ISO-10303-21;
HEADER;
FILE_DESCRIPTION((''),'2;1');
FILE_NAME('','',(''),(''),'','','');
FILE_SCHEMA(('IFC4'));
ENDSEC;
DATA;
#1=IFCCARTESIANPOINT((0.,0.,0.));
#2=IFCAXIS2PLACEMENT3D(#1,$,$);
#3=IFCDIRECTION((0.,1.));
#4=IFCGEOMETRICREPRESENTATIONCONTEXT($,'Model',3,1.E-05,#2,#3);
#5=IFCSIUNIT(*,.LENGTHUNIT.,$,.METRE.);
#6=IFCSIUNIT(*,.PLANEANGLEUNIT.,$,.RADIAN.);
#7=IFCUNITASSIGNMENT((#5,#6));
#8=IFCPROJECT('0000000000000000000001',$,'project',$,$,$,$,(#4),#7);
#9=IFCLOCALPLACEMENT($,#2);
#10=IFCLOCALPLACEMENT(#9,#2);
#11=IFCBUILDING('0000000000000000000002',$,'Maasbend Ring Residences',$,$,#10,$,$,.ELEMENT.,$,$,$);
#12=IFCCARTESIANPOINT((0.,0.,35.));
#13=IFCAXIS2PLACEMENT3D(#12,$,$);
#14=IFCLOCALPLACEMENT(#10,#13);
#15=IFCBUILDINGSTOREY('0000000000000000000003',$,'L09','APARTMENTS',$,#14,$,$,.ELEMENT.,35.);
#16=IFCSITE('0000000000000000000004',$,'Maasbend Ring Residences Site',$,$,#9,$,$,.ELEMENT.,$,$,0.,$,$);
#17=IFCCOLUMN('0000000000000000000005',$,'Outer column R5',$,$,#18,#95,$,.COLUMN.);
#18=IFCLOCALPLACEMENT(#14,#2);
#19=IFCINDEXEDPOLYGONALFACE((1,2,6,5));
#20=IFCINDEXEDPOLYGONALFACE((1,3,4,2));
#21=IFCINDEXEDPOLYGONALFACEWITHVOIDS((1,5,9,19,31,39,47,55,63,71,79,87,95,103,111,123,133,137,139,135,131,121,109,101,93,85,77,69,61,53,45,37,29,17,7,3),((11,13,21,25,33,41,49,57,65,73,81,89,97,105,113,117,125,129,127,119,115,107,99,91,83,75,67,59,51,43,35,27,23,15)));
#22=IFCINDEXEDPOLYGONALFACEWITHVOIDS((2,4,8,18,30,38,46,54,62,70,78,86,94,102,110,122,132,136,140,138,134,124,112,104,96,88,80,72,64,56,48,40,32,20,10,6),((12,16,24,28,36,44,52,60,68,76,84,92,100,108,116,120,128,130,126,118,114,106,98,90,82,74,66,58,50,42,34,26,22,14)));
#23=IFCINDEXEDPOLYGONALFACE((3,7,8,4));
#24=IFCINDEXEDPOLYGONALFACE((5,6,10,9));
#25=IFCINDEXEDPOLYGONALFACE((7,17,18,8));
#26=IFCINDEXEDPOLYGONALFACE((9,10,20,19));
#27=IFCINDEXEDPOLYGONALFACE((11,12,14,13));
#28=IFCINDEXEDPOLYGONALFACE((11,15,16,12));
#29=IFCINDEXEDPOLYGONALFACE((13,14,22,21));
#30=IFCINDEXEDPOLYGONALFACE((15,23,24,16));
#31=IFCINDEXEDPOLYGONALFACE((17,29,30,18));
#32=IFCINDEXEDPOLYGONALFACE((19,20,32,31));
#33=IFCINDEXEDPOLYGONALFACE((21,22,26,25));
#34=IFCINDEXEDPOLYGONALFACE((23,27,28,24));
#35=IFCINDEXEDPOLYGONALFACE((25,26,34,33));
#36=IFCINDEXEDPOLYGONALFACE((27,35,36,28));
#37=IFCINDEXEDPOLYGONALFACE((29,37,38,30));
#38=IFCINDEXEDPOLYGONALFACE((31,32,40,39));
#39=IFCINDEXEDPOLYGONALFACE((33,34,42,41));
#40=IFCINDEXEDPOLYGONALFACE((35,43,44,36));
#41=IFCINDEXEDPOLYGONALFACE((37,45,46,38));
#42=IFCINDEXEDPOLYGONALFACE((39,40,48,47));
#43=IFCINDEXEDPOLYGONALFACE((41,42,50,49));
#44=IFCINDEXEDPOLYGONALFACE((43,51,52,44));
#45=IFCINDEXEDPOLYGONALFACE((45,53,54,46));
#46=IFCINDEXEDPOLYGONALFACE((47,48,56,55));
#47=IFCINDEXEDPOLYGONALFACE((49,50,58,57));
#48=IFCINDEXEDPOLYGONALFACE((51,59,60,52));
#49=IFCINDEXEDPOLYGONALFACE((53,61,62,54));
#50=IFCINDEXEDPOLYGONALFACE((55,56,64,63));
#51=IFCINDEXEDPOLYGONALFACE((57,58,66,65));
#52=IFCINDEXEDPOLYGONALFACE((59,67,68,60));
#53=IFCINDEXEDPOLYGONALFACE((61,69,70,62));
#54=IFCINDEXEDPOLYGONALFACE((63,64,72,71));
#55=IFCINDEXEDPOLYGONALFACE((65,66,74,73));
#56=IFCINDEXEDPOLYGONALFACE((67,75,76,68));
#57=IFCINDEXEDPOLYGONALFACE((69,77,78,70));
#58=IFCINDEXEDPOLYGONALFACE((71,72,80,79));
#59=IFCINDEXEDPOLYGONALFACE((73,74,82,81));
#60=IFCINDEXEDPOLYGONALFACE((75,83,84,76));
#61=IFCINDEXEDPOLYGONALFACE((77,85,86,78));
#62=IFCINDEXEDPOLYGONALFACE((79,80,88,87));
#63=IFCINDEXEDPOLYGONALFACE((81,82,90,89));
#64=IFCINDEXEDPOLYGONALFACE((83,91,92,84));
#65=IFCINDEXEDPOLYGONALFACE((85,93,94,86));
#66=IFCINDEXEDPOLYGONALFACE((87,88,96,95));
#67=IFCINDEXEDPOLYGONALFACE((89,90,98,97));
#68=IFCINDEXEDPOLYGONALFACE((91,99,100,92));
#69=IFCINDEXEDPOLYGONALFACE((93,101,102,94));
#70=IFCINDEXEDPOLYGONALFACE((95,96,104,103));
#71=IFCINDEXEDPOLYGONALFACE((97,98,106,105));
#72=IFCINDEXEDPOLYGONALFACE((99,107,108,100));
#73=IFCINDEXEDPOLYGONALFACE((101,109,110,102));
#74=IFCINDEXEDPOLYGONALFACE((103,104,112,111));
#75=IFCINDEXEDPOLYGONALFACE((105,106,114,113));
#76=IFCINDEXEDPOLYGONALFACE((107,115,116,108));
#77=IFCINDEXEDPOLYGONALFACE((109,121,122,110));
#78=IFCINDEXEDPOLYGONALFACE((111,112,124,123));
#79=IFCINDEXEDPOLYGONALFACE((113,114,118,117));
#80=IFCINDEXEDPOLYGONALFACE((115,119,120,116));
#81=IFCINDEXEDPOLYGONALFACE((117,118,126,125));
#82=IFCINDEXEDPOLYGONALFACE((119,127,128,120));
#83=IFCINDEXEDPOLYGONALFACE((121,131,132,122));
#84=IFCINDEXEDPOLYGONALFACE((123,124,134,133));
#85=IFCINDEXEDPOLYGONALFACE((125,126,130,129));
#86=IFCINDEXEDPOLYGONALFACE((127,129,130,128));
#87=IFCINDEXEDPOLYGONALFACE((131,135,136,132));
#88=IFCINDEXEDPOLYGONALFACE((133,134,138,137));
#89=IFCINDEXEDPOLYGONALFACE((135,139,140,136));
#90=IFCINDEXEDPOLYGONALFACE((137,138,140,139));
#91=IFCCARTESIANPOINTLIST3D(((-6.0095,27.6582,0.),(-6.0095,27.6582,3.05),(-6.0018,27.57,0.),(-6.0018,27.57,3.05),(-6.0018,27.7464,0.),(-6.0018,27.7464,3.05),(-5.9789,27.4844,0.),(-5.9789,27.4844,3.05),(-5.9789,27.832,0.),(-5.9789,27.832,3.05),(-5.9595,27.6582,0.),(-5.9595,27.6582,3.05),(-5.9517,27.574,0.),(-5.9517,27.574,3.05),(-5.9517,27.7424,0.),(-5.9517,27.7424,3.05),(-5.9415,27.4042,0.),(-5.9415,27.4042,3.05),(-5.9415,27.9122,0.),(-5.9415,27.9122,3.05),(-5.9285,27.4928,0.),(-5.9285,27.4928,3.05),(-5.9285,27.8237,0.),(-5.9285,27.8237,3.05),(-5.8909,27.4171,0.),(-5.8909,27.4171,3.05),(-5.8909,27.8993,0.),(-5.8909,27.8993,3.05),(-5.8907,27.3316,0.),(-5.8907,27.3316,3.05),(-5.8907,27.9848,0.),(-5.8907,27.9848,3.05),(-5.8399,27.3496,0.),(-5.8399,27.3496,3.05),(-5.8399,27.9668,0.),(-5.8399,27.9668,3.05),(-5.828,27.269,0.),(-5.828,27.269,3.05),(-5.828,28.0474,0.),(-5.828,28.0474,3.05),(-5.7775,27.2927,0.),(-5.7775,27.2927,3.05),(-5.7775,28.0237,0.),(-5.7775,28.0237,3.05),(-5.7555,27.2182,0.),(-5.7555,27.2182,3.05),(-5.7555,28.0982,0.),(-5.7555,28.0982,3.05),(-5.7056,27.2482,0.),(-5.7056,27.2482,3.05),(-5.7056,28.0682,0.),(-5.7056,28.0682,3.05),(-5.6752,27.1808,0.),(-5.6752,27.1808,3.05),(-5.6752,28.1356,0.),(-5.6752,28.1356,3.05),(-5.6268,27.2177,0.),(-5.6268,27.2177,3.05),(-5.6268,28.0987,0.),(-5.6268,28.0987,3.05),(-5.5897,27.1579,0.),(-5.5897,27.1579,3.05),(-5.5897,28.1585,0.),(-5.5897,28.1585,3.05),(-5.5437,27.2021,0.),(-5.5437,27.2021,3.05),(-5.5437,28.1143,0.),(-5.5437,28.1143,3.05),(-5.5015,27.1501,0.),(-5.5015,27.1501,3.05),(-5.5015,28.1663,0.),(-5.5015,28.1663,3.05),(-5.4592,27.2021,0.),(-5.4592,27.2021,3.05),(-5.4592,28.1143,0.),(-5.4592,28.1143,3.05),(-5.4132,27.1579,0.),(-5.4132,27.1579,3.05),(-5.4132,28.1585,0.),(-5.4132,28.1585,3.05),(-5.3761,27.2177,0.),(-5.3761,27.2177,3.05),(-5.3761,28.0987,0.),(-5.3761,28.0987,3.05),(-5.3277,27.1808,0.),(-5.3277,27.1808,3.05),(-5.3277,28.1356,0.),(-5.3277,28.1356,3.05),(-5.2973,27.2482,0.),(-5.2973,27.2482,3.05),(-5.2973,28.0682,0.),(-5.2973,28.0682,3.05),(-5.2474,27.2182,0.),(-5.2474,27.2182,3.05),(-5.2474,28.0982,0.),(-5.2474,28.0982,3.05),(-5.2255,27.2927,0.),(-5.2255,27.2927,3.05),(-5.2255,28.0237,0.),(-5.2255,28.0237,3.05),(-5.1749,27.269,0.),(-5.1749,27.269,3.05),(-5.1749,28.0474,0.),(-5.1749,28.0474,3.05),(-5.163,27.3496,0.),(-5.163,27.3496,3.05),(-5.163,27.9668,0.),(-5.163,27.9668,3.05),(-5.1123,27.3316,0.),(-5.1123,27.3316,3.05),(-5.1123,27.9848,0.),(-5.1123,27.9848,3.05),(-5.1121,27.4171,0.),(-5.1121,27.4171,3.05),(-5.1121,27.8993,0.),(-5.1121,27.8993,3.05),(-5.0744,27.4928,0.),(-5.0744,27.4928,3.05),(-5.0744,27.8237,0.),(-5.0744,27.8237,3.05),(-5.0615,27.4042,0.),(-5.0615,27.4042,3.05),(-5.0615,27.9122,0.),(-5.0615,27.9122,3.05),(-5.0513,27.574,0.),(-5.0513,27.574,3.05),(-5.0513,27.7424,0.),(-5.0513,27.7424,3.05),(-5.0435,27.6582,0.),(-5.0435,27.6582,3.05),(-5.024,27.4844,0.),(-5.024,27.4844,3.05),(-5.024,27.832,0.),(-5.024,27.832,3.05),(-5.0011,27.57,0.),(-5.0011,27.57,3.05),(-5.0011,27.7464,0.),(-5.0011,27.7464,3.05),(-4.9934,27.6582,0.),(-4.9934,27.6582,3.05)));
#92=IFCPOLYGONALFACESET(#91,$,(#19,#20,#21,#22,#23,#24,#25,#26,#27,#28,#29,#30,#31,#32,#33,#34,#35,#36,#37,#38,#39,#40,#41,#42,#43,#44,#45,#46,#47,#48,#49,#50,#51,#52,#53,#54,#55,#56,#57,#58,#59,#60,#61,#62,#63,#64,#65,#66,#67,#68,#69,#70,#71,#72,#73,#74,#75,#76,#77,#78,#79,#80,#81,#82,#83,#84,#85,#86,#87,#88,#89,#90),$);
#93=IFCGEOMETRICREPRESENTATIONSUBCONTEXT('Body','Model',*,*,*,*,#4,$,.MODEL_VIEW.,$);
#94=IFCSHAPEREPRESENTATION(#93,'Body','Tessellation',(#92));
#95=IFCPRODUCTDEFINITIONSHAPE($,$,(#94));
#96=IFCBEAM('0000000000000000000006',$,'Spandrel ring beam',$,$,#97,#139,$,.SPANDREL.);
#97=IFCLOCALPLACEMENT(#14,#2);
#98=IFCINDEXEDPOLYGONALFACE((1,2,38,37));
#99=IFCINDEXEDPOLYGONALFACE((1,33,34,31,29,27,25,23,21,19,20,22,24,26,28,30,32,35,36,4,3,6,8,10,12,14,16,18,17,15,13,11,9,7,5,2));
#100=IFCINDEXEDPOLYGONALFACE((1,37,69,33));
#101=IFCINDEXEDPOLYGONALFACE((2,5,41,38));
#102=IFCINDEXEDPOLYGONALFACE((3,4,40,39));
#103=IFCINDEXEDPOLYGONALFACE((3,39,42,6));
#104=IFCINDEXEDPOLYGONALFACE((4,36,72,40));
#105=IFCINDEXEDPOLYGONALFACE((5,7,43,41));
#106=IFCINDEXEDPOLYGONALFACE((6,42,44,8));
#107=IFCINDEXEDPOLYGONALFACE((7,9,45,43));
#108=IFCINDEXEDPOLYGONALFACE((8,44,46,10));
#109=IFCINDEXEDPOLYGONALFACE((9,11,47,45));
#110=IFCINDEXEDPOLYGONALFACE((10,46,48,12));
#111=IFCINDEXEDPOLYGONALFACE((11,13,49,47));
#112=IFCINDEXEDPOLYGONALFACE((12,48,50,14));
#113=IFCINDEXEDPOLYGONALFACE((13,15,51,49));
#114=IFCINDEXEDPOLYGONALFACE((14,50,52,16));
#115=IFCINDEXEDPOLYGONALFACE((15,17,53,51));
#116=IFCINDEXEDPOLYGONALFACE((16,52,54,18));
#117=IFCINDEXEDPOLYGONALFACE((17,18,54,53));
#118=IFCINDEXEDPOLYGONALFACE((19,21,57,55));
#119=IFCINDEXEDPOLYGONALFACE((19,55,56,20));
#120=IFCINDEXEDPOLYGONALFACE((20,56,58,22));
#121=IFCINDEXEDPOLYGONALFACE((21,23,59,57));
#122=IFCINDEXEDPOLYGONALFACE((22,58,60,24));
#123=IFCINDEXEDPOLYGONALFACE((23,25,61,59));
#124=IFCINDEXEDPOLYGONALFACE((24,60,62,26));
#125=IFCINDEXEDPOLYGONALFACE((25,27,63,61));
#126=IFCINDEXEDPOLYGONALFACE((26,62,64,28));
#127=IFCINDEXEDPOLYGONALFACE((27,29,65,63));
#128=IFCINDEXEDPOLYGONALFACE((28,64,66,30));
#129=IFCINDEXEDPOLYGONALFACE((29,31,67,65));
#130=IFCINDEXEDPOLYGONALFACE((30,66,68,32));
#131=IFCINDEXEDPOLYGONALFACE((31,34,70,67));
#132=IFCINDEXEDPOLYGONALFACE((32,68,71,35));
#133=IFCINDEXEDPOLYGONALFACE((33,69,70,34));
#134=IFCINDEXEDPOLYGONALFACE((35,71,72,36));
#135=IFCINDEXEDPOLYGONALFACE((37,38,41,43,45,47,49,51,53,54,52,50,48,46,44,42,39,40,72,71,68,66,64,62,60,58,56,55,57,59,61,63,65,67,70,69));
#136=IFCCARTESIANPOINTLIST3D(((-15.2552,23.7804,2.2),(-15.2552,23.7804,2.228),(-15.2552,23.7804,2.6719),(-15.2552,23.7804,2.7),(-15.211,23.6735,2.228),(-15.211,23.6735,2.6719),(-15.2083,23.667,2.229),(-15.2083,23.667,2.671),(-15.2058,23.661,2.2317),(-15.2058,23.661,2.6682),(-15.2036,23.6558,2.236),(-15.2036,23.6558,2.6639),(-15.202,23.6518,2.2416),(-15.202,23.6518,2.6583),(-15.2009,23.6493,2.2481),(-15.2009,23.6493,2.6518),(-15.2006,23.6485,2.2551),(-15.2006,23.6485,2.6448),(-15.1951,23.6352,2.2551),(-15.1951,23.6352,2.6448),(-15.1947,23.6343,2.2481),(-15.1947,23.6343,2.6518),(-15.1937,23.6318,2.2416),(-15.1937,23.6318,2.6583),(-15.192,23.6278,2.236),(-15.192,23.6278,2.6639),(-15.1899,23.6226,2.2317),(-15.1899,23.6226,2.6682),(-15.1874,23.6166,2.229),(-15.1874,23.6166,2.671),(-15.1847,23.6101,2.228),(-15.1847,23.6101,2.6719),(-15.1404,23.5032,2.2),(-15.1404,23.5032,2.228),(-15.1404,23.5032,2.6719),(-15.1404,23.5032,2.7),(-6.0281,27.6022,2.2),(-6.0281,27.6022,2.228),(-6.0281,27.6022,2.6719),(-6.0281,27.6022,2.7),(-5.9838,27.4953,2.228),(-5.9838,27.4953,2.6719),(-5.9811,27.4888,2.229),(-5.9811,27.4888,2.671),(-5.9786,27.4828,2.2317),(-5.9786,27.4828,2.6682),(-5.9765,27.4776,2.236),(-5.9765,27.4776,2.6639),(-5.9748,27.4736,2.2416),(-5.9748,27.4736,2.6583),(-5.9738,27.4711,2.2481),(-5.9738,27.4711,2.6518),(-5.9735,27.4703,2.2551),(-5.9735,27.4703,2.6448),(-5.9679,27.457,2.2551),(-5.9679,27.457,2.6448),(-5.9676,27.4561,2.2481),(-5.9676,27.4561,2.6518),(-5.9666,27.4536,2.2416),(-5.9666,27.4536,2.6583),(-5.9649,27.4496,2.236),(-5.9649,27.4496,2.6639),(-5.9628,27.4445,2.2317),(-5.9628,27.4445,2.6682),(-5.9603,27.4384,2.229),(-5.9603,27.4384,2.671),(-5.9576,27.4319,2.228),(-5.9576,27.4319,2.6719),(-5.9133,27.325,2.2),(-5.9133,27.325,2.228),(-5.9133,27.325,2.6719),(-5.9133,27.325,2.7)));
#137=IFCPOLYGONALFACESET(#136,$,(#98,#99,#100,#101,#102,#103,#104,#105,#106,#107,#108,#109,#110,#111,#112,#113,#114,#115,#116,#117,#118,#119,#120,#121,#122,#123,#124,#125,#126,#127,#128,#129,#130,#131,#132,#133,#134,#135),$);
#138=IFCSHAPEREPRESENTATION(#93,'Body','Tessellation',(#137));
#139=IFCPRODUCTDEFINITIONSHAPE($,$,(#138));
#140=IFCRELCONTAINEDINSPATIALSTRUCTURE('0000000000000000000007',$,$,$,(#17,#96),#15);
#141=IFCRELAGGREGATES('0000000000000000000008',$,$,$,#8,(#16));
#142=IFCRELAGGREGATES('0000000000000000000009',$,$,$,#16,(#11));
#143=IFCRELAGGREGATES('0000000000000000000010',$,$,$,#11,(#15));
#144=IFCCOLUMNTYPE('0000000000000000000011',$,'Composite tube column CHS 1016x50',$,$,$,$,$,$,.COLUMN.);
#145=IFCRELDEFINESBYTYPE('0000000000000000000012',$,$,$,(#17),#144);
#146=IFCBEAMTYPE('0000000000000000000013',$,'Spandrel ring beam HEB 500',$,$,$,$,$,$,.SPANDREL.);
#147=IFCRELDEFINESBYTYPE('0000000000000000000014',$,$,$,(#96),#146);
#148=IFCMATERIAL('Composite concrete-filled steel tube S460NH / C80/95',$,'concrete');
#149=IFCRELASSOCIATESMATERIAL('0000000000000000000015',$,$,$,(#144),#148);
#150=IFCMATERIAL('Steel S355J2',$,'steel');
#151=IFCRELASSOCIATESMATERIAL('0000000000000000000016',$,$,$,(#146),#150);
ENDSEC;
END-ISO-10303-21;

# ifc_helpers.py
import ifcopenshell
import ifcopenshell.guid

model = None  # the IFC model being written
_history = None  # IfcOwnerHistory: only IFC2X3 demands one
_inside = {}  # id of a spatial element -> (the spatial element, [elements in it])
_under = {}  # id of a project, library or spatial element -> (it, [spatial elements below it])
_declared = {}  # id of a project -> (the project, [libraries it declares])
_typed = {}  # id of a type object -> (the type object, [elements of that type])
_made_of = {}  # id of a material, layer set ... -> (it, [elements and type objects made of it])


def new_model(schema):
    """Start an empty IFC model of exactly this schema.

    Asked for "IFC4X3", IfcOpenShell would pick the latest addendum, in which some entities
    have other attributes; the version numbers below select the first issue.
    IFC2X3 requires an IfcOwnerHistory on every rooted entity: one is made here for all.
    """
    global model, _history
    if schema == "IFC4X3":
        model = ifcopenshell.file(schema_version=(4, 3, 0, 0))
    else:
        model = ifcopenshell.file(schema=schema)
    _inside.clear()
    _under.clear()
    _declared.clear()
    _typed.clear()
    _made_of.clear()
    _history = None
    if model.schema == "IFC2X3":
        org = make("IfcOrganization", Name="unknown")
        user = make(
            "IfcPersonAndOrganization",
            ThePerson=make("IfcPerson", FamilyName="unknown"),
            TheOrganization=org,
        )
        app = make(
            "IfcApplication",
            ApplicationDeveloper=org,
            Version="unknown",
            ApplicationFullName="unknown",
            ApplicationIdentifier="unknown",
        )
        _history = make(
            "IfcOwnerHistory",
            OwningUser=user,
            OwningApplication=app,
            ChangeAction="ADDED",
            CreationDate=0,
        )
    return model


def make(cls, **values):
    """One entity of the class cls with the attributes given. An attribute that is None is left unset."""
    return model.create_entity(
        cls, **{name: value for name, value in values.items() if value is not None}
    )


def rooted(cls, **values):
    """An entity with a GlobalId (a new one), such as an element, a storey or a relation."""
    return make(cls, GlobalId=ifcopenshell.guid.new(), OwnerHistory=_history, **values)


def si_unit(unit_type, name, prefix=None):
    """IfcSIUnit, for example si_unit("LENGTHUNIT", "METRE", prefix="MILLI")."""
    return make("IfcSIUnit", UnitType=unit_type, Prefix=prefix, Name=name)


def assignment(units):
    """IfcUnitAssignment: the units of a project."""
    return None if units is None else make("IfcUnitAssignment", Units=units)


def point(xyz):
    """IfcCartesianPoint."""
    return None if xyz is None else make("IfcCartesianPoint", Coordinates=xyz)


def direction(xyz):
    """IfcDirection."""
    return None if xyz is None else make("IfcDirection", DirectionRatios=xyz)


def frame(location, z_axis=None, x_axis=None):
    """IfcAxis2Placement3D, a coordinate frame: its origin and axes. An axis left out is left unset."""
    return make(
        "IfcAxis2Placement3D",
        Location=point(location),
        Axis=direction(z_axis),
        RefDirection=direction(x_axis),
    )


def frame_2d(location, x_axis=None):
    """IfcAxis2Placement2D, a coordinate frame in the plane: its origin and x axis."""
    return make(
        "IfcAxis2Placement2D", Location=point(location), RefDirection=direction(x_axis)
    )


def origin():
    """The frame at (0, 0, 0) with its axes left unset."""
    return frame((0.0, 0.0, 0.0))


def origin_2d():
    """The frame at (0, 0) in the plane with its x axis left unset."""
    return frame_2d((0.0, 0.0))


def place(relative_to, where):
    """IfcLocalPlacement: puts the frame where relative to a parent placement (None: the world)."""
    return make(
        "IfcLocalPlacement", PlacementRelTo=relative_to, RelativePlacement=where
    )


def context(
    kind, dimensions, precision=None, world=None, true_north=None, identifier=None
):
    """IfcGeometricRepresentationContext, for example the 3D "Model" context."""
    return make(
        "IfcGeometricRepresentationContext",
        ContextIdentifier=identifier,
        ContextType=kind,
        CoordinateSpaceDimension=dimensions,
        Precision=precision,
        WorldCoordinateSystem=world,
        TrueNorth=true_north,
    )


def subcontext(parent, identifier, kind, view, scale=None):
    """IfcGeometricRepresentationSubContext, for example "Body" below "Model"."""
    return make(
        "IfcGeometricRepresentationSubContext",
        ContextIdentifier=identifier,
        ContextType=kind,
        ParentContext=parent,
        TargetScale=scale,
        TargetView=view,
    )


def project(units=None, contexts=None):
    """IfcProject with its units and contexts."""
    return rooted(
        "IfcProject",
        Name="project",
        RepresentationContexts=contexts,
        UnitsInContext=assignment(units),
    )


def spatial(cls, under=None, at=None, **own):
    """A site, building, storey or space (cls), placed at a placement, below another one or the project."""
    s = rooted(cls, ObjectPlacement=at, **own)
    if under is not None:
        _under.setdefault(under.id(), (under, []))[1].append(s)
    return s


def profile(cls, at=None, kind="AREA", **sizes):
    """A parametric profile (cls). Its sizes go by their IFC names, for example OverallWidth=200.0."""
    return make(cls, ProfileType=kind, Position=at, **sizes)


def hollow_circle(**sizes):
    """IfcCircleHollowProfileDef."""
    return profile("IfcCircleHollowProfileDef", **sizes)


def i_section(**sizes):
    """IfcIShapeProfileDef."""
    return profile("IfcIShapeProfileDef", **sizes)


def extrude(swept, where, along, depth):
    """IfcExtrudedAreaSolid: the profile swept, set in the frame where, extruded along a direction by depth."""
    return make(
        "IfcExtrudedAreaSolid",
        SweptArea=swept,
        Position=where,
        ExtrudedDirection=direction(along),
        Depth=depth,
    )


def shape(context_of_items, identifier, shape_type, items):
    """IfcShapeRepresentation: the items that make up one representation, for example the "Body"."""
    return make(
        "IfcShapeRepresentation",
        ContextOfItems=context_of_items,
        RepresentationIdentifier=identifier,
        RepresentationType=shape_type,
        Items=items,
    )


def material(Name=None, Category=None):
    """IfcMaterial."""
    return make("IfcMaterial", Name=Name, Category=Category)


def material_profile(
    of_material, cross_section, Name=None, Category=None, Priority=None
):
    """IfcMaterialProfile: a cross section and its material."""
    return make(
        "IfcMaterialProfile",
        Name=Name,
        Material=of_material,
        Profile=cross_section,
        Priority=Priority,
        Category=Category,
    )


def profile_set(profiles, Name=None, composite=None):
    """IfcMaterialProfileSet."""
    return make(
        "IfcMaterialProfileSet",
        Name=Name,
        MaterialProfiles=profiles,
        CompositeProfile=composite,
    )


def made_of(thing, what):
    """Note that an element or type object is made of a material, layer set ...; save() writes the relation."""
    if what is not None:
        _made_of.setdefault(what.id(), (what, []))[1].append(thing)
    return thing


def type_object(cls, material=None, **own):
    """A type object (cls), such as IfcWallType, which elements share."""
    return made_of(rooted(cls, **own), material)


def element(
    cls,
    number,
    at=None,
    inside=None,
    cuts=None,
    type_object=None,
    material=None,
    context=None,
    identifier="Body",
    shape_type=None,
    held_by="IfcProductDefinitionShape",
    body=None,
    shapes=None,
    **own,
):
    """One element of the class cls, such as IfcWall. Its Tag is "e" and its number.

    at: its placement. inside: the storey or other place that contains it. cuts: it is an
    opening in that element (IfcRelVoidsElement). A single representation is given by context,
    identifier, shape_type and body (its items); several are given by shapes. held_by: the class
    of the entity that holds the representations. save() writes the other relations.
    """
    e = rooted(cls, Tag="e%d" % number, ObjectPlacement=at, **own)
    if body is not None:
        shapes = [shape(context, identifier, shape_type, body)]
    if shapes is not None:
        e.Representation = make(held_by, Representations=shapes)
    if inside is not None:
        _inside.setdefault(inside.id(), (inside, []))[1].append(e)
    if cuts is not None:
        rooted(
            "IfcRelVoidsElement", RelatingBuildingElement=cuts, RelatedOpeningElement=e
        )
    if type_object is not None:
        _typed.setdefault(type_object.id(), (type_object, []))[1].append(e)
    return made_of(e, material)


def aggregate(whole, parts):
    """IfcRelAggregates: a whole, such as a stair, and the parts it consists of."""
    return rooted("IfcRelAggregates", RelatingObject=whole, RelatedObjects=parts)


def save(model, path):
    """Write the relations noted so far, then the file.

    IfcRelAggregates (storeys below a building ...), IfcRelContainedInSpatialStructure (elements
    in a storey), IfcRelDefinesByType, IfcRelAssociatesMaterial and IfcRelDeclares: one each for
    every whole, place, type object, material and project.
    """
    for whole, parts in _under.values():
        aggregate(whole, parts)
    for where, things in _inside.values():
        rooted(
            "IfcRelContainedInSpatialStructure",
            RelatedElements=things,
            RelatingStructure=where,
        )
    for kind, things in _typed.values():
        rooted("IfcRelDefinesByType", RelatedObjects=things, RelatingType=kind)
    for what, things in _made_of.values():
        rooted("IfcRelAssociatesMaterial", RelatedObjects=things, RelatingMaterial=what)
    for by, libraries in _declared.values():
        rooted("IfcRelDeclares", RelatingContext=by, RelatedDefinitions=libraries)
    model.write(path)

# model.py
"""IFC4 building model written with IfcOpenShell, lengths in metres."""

from ifc_helpers import new_model, si_unit, direction, frame, origin, origin_2d, place, context, subcontext, project, spatial, hollow_circle, i_section, extrude, material, material_profile, profile_set, type_object, element, save


model = new_model("IFC4")

# Units and contexts
model_context = context("Model", 3, precision=1e-05, world=origin(), true_north=direction((0.0, 1.0)))
body_context = subcontext(model_context, "Body", "Model", "MODEL_VIEW")
ifc_project = project(units=[si_unit("LENGTHUNIT", "METRE"), si_unit("PLANEANGLEUNIT", "RADIAN")], contexts=[model_context])

# Site, building, storey
site_placement = place(None, origin())
site = spatial("IfcSite", under=ifc_project, at=site_placement, Name="Maasbend Ring Residences Site", CompositionType="ELEMENT", RefElevation=0.0)
building_placement = place(site_placement, origin())
building = spatial("IfcBuilding", under=site, at=building_placement, Name="Maasbend Ring Residences", CompositionType="ELEMENT")
storey_placement = place(building_placement, frame((0.0, 0.0, 35.0)))
storey = spatial("IfcBuildingStorey", under=building, at=storey_placement, Name="L09", Description="APARTMENTS", CompositionType="ELEMENT", Elevation=35.0)

# Column
ifc_material_1 = material(Name="Composite concrete-filled steel tube S460NH / C80/95", Category="concrete")
ifc_material_profile_1 = material_profile(ifc_material_1, hollow_circle(Radius=0.5081, WallThickness=0.05, at=origin_2d()), Name="Composite tube column CHS 1016x50")
ifc_profile_set_1 = profile_set([ifc_material_profile_1], Name="Composite concrete-filled steel tube S460NH / C80/95")
column_type = type_object("IfcColumnType", Name="Composite tube column CHS 1016x50", PredefinedType="COLUMN", material=ifc_profile_set_1)
column_placement = place(storey_placement, frame((-5.5015, 27.6582, 0.0), z_axis=(0.0, 0.0, 1.0), x_axis=(1.0, 0.0, 0.0)))
element("IfcColumn", 1, at=column_placement, inside=storey, type_object=column_type, Name="Outer column R5", PredefinedType="COLUMN", context=body_context, shape_type="SweptSolid", body=[
    extrude(hollow_circle(Radius=0.5081, WallThickness=0.05, at=origin_2d()), origin(), (0.0, 0.0, 1.0), 3.05),
])

# Beam
ifc_material_2 = material(Name="Steel S355J2", Category="steel")
ifc_material_profile_2 = material_profile(ifc_material_2, i_section(OverallWidth=0.3, OverallDepth=0.5, WebThickness=0.0144, FlangeThickness=0.0281, FilletRadius=0.0271, at=origin_2d()), Name="HEB 500")
ifc_profile_set_2 = profile_set([ifc_material_profile_2], Name="Steel S355J2")
beam_type = type_object("IfcBeamType", Name="Spandrel ring beam HEB 500", PredefinedType="SPANDREL", material=ifc_profile_set_2)
beam_placement = place(storey_placement, frame((-5.9707, 27.4636, 2.45), z_axis=(-0.923886, -0.382667, 0.0), x_axis=(0.382667, -0.923886, 0.0)))
element("IfcBeam", 2, at=beam_placement, inside=storey, type_object=beam_type, Name="Spandrel ring beam", PredefinedType="SPANDREL", context=body_context, shape_type="SweptSolid", body=[
    extrude(i_section(OverallWidth=0.3, OverallDepth=0.5, WebThickness=0.0144, FlangeThickness=0.0281, FilletRadius=0.0271, at=origin_2d()), origin(), (0.0, 0.0, 1.0), 9.9873),
])

save(model, "model.ifc")
